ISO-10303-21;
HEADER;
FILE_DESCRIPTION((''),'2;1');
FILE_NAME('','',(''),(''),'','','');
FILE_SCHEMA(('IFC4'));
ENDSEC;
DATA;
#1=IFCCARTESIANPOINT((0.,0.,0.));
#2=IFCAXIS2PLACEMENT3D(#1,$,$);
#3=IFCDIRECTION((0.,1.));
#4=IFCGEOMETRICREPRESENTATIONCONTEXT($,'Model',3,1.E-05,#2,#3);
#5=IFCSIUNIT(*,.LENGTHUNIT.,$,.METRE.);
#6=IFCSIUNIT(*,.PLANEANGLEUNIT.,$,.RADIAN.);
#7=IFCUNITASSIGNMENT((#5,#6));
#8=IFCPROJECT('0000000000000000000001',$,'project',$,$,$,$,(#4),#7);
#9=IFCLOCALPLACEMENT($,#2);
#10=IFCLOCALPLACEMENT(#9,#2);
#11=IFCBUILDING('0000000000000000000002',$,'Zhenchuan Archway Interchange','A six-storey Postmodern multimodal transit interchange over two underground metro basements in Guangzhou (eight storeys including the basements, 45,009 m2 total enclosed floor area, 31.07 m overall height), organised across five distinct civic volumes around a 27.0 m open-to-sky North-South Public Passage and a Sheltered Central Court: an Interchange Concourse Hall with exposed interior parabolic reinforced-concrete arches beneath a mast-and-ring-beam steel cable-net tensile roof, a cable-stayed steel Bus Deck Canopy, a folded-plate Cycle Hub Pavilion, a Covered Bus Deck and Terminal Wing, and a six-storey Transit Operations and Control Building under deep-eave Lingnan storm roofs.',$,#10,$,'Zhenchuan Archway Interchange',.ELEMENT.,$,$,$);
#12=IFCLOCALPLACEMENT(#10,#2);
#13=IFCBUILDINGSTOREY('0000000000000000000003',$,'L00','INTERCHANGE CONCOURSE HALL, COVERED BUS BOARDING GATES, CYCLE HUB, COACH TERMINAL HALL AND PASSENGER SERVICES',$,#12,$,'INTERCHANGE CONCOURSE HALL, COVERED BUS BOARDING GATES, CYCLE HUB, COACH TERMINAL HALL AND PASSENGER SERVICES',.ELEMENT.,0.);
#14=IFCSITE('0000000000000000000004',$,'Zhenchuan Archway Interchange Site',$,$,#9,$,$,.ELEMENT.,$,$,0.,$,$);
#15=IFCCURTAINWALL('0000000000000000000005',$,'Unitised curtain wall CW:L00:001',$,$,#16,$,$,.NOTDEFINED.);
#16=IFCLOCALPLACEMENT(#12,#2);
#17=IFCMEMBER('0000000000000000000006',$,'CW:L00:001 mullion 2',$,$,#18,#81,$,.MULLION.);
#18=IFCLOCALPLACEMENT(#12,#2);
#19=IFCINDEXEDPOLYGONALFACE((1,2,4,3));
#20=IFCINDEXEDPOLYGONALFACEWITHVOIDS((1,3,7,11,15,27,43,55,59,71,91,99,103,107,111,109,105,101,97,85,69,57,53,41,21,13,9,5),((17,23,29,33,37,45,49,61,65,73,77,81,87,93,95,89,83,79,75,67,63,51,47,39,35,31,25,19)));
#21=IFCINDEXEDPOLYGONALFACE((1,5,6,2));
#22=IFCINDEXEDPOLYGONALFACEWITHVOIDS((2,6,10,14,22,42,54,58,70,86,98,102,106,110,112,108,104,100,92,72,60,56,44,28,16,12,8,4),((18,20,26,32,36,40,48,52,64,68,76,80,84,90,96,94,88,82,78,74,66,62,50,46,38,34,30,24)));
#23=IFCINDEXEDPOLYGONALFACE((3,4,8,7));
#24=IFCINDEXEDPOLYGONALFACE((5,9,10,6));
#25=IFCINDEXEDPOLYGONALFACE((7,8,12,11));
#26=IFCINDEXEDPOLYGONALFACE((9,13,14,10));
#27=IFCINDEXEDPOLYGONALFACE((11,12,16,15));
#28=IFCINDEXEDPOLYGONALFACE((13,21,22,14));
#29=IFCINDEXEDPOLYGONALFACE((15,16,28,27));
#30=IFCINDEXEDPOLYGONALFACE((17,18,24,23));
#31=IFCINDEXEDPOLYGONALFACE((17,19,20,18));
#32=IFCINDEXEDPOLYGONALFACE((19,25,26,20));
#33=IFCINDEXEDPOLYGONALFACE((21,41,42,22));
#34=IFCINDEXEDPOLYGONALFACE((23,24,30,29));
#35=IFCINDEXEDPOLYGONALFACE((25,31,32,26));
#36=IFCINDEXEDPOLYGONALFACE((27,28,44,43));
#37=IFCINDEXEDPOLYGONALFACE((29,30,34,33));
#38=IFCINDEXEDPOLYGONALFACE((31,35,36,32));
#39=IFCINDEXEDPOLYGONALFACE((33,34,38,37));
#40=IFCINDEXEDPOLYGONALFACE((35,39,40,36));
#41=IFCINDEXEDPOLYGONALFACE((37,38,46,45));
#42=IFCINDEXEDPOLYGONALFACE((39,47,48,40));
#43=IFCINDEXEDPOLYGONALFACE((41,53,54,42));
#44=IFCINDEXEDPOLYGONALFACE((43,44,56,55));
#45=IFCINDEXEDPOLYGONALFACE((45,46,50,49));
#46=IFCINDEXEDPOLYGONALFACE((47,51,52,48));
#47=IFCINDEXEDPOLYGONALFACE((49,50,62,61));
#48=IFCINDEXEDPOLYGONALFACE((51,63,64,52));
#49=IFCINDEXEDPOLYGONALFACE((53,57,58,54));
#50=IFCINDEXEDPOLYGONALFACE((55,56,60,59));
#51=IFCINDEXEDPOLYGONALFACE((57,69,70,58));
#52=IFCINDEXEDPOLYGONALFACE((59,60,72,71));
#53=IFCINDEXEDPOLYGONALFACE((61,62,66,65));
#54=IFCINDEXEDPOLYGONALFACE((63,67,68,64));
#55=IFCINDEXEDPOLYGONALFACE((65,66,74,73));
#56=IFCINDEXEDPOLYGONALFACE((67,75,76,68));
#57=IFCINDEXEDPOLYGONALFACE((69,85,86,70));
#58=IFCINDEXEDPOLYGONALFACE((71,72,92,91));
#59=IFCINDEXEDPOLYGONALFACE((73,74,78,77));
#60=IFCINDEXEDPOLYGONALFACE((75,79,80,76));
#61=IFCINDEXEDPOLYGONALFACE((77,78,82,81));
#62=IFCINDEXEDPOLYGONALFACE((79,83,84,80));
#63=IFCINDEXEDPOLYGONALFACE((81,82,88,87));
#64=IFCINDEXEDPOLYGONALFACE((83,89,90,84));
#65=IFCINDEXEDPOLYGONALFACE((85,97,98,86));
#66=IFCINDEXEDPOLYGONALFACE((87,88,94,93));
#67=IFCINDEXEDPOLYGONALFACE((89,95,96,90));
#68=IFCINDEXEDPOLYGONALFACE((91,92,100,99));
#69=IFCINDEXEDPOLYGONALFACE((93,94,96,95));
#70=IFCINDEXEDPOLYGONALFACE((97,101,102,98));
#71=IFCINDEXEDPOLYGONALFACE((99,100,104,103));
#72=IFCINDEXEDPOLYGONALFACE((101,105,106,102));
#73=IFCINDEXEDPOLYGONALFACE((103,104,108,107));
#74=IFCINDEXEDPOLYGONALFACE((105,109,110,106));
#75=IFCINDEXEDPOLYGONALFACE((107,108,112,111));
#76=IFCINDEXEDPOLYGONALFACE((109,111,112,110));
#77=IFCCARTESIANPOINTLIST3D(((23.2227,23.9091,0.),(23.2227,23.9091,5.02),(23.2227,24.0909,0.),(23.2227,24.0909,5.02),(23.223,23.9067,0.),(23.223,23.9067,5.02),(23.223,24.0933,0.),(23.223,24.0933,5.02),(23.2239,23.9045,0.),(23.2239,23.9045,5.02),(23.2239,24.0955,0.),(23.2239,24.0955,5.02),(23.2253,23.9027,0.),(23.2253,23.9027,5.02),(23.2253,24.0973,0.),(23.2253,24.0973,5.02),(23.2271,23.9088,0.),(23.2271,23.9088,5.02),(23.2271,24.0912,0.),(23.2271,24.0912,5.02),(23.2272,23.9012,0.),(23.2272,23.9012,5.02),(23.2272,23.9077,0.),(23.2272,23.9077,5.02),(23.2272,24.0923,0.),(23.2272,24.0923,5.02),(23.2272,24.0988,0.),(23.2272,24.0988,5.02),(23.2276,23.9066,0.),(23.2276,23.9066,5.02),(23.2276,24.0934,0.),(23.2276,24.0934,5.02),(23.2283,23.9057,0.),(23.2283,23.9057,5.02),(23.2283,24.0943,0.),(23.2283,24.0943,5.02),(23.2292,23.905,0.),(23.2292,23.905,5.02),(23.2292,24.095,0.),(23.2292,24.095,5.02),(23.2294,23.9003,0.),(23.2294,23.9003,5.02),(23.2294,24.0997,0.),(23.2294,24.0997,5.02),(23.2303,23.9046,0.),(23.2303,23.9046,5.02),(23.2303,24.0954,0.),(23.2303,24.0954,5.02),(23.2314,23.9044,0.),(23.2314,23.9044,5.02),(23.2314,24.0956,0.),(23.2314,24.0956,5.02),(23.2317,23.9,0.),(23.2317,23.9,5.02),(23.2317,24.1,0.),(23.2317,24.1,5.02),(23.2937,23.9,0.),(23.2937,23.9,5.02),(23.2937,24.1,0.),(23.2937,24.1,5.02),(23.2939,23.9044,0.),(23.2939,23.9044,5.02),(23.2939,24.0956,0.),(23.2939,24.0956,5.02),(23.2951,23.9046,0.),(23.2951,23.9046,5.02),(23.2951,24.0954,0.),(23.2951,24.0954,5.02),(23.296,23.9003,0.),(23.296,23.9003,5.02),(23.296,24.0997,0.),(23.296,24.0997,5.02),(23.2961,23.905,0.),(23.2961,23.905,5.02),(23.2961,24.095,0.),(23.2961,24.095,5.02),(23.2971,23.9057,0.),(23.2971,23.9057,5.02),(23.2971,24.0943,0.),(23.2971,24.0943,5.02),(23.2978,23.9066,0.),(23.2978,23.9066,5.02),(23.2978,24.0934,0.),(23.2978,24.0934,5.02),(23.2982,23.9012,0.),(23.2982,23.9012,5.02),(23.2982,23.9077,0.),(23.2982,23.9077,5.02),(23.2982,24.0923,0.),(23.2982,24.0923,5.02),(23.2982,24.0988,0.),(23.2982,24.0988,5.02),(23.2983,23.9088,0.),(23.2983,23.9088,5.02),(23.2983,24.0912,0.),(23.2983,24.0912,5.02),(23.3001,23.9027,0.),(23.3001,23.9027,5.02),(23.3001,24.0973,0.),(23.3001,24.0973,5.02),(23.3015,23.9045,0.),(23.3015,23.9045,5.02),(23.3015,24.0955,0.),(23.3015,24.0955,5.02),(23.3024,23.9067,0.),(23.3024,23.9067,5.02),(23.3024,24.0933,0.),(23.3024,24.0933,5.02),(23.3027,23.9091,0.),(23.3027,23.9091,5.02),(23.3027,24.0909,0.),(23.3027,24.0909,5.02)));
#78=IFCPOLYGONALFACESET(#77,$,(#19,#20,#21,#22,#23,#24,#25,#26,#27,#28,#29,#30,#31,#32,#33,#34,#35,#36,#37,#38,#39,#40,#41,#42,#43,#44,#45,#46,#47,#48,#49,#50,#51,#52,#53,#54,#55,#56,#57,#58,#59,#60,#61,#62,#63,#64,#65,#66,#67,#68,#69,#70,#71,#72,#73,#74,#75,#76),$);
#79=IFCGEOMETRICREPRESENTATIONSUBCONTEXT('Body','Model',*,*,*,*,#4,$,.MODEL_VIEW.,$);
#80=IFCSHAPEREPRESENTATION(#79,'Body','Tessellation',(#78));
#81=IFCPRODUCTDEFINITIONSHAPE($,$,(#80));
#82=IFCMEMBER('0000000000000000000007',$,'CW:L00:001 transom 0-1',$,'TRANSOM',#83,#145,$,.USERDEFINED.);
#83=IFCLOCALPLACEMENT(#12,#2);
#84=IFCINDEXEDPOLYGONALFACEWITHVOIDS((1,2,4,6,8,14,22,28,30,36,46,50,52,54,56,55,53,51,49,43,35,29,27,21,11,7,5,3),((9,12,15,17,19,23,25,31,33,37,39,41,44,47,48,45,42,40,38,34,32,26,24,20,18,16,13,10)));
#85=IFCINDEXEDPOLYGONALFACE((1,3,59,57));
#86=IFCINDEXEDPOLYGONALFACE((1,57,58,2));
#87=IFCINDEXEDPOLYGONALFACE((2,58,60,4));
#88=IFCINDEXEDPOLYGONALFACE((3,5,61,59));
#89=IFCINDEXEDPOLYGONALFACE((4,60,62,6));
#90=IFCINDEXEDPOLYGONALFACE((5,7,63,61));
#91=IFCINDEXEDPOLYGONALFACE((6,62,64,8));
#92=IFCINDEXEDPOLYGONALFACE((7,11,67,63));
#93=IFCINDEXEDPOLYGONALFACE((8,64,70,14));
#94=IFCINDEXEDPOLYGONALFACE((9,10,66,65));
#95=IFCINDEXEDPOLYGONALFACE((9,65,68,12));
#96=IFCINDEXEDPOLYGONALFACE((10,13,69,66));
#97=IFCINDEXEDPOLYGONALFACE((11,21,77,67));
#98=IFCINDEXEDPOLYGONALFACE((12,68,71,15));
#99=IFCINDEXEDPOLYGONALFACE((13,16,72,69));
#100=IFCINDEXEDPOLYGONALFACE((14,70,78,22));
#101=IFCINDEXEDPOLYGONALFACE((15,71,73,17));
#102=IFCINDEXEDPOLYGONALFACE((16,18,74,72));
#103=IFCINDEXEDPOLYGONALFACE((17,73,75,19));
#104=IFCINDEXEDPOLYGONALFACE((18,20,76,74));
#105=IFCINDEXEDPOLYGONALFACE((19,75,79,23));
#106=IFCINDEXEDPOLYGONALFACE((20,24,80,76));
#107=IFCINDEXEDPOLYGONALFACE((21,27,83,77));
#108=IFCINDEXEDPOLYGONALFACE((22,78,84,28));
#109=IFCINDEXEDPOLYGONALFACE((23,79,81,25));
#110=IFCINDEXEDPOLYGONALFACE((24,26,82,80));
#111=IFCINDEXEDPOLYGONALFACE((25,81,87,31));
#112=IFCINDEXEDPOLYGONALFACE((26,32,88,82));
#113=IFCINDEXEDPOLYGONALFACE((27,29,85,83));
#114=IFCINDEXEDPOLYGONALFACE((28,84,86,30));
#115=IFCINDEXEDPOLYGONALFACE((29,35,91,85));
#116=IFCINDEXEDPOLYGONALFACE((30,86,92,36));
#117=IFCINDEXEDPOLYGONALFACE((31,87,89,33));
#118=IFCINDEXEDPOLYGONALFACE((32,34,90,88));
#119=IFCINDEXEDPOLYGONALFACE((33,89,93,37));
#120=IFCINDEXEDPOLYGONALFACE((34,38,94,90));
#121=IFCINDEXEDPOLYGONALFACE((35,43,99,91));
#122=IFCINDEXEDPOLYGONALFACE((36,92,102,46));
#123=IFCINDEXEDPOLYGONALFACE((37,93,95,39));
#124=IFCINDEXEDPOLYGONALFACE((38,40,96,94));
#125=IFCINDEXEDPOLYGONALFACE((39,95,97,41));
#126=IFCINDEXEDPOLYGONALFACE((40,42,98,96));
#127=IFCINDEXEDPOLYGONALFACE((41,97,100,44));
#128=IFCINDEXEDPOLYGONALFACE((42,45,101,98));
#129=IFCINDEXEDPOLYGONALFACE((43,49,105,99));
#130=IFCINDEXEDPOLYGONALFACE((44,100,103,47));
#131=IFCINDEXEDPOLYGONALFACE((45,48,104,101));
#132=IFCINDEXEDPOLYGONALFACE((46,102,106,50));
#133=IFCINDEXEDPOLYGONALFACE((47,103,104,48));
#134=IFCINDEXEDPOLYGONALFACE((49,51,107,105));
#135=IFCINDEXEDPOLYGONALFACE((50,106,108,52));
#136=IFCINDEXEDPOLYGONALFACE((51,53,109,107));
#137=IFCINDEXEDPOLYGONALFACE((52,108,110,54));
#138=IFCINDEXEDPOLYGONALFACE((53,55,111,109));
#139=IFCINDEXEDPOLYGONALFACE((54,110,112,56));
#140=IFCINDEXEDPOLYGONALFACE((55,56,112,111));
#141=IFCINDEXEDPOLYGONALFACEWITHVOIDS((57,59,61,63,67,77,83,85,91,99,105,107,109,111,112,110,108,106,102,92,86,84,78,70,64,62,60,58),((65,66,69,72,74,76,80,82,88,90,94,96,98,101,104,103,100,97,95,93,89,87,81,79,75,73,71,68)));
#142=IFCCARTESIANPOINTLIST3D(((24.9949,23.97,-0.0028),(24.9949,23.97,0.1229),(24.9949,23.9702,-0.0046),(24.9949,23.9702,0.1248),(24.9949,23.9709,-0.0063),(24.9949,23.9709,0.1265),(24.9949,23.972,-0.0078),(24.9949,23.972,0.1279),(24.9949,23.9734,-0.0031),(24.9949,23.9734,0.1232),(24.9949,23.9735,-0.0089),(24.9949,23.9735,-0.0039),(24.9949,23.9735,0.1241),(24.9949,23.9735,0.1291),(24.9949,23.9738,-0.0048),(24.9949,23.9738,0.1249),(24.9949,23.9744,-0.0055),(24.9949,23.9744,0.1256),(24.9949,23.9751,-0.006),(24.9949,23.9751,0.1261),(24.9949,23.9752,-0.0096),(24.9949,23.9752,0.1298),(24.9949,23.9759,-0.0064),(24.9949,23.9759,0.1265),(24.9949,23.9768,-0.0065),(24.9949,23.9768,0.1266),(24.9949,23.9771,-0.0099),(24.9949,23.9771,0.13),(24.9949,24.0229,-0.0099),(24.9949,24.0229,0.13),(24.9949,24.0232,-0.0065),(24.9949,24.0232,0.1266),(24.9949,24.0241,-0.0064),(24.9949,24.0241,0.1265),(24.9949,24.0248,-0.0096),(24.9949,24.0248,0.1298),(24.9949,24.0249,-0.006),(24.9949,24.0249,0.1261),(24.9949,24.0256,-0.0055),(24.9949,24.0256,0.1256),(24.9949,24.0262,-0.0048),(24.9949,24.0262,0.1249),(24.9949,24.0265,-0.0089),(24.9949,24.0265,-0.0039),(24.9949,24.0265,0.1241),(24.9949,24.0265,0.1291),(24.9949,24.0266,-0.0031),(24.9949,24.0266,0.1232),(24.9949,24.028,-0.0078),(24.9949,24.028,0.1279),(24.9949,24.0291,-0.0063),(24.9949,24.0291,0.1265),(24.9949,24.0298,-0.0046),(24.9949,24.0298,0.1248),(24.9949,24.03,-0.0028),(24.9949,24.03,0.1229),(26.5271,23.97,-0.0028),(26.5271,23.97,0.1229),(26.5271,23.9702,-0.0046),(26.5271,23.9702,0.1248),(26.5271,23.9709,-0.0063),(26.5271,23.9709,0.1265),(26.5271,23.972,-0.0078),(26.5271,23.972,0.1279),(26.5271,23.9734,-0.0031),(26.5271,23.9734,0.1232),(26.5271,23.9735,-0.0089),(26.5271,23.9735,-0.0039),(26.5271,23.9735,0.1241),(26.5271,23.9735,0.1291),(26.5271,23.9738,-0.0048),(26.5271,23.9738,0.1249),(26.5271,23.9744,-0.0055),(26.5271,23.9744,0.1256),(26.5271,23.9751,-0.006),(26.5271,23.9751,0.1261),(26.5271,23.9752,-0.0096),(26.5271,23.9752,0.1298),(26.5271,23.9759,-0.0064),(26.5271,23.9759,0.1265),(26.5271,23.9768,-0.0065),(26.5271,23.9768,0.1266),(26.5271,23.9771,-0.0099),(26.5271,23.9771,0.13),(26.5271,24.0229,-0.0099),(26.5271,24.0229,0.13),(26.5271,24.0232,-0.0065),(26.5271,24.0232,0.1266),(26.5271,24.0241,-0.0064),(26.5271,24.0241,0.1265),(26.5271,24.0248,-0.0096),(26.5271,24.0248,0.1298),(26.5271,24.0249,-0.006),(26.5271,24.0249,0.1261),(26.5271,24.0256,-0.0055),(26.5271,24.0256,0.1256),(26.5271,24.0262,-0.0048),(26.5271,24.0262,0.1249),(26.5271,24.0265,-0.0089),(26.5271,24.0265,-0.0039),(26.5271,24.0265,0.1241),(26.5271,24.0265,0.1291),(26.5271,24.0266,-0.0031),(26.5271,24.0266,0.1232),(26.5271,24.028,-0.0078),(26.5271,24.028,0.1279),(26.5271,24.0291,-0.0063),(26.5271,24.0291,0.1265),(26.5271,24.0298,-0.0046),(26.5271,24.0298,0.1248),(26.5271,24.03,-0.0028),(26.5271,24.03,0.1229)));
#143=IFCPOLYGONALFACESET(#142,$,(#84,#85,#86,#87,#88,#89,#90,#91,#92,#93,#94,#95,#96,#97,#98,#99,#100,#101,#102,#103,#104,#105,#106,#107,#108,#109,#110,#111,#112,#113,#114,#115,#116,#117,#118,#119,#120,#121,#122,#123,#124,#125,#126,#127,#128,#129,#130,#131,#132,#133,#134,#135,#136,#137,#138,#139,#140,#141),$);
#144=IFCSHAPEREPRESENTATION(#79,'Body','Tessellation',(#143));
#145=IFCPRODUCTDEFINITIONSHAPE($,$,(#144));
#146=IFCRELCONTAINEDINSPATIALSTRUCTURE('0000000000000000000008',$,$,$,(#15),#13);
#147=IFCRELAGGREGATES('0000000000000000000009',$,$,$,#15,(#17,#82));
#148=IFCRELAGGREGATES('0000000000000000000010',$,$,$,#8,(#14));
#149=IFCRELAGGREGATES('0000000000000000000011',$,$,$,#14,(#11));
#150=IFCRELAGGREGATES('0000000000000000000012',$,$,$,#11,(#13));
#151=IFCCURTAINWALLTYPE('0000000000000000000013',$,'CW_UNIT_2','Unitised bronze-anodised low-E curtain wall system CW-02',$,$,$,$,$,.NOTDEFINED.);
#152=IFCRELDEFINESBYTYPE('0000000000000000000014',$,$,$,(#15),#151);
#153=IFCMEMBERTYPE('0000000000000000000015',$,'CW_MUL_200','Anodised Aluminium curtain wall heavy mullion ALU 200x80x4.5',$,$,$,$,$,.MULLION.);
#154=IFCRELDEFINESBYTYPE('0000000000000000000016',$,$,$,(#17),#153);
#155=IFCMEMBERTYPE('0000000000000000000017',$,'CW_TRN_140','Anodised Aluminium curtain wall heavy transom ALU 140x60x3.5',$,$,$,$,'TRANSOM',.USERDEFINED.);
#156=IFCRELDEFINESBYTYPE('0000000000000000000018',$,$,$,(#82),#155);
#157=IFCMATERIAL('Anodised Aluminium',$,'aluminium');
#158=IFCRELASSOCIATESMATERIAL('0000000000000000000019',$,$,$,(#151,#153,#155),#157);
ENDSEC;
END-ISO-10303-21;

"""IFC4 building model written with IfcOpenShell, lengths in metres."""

from ifc_helpers import new_model, si_unit, direction, frame, origin, origin_2d, place, context, subcontext, project, spatial, hollow_rectangle, extrude, material, material_profile, profile_set, type_object, element, aggregate, save


model = new_model("IFC4")

# Units and contexts
model_context = context("Model", 3, precision=1e-05, world=origin(), true_north=direction((0.0, 1.0)))
body_context = subcontext(model_context, "Body", "Model", "MODEL_VIEW")
ifc_project = project(units=[si_unit("LENGTHUNIT", "METRE"), si_unit("PLANEANGLEUNIT", "RADIAN")], contexts=[model_context])

# Site, building, storey
site_placement = place(None, origin())
site = spatial("IfcSite", under=ifc_project, at=site_placement, Name="Zhenchuan Archway Interchange Site", CompositionType="ELEMENT", RefElevation=0.0)
building_placement = place(site_placement, origin())
building = spatial("IfcBuilding", under=site, at=building_placement, Name="Zhenchuan Archway Interchange", Description="A six-storey Postmodern multimodal transit interchange over two underground metro basements in Guangzhou (eight storeys including the basements, 45,009 m2 total enclosed floor area, 31.07 m overall height), organised across five distinct civic volumes around a 27.0 m open-to-sky North-South Public Passage and a Sheltered Central Court: an Interchange Concourse Hall with exposed interior parabolic reinforced-concrete arches beneath a mast-and-ring-beam steel cable-net tensile roof, a cable-stayed steel Bus Deck Canopy, a folded-plate Cycle Hub Pavilion, a Covered Bus Deck and Terminal Wing, and a six-storey Transit Operations and Control Building under deep-eave Lingnan storm roofs.", LongName="Zhenchuan Archway Interchange", CompositionType="ELEMENT")
storey_placement = place(building_placement, origin())
storey = spatial("IfcBuildingStorey", under=building, at=storey_placement, Name="L00", Description="INTERCHANGE CONCOURSE HALL, COVERED BUS BOARDING GATES, CYCLE HUB, COACH TERMINAL HALL AND PASSENGER SERVICES", LongName="INTERCHANGE CONCOURSE HALL, COVERED BUS BOARDING GATES, CYCLE HUB, COACH TERMINAL HALL AND PASSENGER SERVICES", CompositionType="ELEMENT", Elevation=0.0)

# Curtain wall, members
ifc_material_1 = material(Name="Anodised Aluminium", Category="aluminium")
curtain_wall_type = type_object("IfcCurtainWallType", Name="CW_UNIT_2", Description="Unitised bronze-anodised low-E curtain wall system CW-02", PredefinedType="NOTDEFINED", material=ifc_material_1)
curtain_wall_placement = place(storey_placement, origin())
curtain_wall = element("IfcCurtainWall", 1, at=curtain_wall_placement, inside=storey, type_object=curtain_wall_type, Name="Unitised curtain wall CW:L00:001", PredefinedType="NOTDEFINED")
ifc_material_profile_1 = material_profile(ifc_material_1, hollow_rectangle(XDim=0.0801, YDim=0.2, WallThickness=0.0044, InnerFilletRadius=0.0044, OuterFilletRadius=0.009, at=origin_2d()), Name="ALU 200x80x4.5")
ifc_profile_set_1 = profile_set([ifc_material_profile_1], Name="Anodised Aluminium")
member_type_1 = type_object("IfcMemberType", Name="CW_MUL_200", Description="Anodised Aluminium curtain wall heavy mullion ALU 200x80x4.5", PredefinedType="MULLION", material=ifc_profile_set_1)
member_1_placement = place(storey_placement, frame((23.2627, 24.0, 0.0), z_axis=(0.0, 0.0, 1.0), x_axis=(1.0, 0.0, 0.0)))
member_1 = element("IfcMember", 2, at=member_1_placement, type_object=member_type_1, Name="CW:L00:001 mullion 2", PredefinedType="MULLION", context=body_context, shape_type="SweptSolid", body=[
    extrude(hollow_rectangle(XDim=0.0801, YDim=0.2, WallThickness=0.0044, InnerFilletRadius=0.0044, OuterFilletRadius=0.009, at=origin_2d()), origin(), (0.0, 0.0, 1.0), 5.02),
])
ifc_material_profile_2 = material_profile(ifc_material_1, hollow_rectangle(XDim=0.0601, YDim=0.1399, WallThickness=0.0034, InnerFilletRadius=0.0034, OuterFilletRadius=0.0071, at=origin_2d()), Name="ALU 140x60x3.5")
ifc_profile_set_2 = profile_set([ifc_material_profile_2], Name="Anodised Aluminium")
member_type_2 = type_object("IfcMemberType", Name="CW_TRN_140", Description="Anodised Aluminium curtain wall heavy transom ALU 140x60x3.5", ElementType="TRANSOM", PredefinedType="USERDEFINED", material=ifc_profile_set_2)
member_2_placement = place(storey_placement, frame((26.5271, 24.0, 0.0601), z_axis=(-1.0, 0.0, 0.0), x_axis=(0.0, -1.0, 0.0)))
member_2 = element("IfcMember", 3, at=member_2_placement, type_object=member_type_2, Name="CW:L00:001 transom 0-1", ObjectType="TRANSOM", PredefinedType="USERDEFINED", context=body_context, shape_type="SweptSolid", body=[
    extrude(hollow_rectangle(XDim=0.0601, YDim=0.1399, WallThickness=0.0034, InnerFilletRadius=0.0034, OuterFilletRadius=0.0071, at=origin_2d()), origin(), (0.0, 0.0, 1.0), 1.5322),
])
aggregate(curtain_wall, [member_1, member_2])

save(model, "model.ifc")
